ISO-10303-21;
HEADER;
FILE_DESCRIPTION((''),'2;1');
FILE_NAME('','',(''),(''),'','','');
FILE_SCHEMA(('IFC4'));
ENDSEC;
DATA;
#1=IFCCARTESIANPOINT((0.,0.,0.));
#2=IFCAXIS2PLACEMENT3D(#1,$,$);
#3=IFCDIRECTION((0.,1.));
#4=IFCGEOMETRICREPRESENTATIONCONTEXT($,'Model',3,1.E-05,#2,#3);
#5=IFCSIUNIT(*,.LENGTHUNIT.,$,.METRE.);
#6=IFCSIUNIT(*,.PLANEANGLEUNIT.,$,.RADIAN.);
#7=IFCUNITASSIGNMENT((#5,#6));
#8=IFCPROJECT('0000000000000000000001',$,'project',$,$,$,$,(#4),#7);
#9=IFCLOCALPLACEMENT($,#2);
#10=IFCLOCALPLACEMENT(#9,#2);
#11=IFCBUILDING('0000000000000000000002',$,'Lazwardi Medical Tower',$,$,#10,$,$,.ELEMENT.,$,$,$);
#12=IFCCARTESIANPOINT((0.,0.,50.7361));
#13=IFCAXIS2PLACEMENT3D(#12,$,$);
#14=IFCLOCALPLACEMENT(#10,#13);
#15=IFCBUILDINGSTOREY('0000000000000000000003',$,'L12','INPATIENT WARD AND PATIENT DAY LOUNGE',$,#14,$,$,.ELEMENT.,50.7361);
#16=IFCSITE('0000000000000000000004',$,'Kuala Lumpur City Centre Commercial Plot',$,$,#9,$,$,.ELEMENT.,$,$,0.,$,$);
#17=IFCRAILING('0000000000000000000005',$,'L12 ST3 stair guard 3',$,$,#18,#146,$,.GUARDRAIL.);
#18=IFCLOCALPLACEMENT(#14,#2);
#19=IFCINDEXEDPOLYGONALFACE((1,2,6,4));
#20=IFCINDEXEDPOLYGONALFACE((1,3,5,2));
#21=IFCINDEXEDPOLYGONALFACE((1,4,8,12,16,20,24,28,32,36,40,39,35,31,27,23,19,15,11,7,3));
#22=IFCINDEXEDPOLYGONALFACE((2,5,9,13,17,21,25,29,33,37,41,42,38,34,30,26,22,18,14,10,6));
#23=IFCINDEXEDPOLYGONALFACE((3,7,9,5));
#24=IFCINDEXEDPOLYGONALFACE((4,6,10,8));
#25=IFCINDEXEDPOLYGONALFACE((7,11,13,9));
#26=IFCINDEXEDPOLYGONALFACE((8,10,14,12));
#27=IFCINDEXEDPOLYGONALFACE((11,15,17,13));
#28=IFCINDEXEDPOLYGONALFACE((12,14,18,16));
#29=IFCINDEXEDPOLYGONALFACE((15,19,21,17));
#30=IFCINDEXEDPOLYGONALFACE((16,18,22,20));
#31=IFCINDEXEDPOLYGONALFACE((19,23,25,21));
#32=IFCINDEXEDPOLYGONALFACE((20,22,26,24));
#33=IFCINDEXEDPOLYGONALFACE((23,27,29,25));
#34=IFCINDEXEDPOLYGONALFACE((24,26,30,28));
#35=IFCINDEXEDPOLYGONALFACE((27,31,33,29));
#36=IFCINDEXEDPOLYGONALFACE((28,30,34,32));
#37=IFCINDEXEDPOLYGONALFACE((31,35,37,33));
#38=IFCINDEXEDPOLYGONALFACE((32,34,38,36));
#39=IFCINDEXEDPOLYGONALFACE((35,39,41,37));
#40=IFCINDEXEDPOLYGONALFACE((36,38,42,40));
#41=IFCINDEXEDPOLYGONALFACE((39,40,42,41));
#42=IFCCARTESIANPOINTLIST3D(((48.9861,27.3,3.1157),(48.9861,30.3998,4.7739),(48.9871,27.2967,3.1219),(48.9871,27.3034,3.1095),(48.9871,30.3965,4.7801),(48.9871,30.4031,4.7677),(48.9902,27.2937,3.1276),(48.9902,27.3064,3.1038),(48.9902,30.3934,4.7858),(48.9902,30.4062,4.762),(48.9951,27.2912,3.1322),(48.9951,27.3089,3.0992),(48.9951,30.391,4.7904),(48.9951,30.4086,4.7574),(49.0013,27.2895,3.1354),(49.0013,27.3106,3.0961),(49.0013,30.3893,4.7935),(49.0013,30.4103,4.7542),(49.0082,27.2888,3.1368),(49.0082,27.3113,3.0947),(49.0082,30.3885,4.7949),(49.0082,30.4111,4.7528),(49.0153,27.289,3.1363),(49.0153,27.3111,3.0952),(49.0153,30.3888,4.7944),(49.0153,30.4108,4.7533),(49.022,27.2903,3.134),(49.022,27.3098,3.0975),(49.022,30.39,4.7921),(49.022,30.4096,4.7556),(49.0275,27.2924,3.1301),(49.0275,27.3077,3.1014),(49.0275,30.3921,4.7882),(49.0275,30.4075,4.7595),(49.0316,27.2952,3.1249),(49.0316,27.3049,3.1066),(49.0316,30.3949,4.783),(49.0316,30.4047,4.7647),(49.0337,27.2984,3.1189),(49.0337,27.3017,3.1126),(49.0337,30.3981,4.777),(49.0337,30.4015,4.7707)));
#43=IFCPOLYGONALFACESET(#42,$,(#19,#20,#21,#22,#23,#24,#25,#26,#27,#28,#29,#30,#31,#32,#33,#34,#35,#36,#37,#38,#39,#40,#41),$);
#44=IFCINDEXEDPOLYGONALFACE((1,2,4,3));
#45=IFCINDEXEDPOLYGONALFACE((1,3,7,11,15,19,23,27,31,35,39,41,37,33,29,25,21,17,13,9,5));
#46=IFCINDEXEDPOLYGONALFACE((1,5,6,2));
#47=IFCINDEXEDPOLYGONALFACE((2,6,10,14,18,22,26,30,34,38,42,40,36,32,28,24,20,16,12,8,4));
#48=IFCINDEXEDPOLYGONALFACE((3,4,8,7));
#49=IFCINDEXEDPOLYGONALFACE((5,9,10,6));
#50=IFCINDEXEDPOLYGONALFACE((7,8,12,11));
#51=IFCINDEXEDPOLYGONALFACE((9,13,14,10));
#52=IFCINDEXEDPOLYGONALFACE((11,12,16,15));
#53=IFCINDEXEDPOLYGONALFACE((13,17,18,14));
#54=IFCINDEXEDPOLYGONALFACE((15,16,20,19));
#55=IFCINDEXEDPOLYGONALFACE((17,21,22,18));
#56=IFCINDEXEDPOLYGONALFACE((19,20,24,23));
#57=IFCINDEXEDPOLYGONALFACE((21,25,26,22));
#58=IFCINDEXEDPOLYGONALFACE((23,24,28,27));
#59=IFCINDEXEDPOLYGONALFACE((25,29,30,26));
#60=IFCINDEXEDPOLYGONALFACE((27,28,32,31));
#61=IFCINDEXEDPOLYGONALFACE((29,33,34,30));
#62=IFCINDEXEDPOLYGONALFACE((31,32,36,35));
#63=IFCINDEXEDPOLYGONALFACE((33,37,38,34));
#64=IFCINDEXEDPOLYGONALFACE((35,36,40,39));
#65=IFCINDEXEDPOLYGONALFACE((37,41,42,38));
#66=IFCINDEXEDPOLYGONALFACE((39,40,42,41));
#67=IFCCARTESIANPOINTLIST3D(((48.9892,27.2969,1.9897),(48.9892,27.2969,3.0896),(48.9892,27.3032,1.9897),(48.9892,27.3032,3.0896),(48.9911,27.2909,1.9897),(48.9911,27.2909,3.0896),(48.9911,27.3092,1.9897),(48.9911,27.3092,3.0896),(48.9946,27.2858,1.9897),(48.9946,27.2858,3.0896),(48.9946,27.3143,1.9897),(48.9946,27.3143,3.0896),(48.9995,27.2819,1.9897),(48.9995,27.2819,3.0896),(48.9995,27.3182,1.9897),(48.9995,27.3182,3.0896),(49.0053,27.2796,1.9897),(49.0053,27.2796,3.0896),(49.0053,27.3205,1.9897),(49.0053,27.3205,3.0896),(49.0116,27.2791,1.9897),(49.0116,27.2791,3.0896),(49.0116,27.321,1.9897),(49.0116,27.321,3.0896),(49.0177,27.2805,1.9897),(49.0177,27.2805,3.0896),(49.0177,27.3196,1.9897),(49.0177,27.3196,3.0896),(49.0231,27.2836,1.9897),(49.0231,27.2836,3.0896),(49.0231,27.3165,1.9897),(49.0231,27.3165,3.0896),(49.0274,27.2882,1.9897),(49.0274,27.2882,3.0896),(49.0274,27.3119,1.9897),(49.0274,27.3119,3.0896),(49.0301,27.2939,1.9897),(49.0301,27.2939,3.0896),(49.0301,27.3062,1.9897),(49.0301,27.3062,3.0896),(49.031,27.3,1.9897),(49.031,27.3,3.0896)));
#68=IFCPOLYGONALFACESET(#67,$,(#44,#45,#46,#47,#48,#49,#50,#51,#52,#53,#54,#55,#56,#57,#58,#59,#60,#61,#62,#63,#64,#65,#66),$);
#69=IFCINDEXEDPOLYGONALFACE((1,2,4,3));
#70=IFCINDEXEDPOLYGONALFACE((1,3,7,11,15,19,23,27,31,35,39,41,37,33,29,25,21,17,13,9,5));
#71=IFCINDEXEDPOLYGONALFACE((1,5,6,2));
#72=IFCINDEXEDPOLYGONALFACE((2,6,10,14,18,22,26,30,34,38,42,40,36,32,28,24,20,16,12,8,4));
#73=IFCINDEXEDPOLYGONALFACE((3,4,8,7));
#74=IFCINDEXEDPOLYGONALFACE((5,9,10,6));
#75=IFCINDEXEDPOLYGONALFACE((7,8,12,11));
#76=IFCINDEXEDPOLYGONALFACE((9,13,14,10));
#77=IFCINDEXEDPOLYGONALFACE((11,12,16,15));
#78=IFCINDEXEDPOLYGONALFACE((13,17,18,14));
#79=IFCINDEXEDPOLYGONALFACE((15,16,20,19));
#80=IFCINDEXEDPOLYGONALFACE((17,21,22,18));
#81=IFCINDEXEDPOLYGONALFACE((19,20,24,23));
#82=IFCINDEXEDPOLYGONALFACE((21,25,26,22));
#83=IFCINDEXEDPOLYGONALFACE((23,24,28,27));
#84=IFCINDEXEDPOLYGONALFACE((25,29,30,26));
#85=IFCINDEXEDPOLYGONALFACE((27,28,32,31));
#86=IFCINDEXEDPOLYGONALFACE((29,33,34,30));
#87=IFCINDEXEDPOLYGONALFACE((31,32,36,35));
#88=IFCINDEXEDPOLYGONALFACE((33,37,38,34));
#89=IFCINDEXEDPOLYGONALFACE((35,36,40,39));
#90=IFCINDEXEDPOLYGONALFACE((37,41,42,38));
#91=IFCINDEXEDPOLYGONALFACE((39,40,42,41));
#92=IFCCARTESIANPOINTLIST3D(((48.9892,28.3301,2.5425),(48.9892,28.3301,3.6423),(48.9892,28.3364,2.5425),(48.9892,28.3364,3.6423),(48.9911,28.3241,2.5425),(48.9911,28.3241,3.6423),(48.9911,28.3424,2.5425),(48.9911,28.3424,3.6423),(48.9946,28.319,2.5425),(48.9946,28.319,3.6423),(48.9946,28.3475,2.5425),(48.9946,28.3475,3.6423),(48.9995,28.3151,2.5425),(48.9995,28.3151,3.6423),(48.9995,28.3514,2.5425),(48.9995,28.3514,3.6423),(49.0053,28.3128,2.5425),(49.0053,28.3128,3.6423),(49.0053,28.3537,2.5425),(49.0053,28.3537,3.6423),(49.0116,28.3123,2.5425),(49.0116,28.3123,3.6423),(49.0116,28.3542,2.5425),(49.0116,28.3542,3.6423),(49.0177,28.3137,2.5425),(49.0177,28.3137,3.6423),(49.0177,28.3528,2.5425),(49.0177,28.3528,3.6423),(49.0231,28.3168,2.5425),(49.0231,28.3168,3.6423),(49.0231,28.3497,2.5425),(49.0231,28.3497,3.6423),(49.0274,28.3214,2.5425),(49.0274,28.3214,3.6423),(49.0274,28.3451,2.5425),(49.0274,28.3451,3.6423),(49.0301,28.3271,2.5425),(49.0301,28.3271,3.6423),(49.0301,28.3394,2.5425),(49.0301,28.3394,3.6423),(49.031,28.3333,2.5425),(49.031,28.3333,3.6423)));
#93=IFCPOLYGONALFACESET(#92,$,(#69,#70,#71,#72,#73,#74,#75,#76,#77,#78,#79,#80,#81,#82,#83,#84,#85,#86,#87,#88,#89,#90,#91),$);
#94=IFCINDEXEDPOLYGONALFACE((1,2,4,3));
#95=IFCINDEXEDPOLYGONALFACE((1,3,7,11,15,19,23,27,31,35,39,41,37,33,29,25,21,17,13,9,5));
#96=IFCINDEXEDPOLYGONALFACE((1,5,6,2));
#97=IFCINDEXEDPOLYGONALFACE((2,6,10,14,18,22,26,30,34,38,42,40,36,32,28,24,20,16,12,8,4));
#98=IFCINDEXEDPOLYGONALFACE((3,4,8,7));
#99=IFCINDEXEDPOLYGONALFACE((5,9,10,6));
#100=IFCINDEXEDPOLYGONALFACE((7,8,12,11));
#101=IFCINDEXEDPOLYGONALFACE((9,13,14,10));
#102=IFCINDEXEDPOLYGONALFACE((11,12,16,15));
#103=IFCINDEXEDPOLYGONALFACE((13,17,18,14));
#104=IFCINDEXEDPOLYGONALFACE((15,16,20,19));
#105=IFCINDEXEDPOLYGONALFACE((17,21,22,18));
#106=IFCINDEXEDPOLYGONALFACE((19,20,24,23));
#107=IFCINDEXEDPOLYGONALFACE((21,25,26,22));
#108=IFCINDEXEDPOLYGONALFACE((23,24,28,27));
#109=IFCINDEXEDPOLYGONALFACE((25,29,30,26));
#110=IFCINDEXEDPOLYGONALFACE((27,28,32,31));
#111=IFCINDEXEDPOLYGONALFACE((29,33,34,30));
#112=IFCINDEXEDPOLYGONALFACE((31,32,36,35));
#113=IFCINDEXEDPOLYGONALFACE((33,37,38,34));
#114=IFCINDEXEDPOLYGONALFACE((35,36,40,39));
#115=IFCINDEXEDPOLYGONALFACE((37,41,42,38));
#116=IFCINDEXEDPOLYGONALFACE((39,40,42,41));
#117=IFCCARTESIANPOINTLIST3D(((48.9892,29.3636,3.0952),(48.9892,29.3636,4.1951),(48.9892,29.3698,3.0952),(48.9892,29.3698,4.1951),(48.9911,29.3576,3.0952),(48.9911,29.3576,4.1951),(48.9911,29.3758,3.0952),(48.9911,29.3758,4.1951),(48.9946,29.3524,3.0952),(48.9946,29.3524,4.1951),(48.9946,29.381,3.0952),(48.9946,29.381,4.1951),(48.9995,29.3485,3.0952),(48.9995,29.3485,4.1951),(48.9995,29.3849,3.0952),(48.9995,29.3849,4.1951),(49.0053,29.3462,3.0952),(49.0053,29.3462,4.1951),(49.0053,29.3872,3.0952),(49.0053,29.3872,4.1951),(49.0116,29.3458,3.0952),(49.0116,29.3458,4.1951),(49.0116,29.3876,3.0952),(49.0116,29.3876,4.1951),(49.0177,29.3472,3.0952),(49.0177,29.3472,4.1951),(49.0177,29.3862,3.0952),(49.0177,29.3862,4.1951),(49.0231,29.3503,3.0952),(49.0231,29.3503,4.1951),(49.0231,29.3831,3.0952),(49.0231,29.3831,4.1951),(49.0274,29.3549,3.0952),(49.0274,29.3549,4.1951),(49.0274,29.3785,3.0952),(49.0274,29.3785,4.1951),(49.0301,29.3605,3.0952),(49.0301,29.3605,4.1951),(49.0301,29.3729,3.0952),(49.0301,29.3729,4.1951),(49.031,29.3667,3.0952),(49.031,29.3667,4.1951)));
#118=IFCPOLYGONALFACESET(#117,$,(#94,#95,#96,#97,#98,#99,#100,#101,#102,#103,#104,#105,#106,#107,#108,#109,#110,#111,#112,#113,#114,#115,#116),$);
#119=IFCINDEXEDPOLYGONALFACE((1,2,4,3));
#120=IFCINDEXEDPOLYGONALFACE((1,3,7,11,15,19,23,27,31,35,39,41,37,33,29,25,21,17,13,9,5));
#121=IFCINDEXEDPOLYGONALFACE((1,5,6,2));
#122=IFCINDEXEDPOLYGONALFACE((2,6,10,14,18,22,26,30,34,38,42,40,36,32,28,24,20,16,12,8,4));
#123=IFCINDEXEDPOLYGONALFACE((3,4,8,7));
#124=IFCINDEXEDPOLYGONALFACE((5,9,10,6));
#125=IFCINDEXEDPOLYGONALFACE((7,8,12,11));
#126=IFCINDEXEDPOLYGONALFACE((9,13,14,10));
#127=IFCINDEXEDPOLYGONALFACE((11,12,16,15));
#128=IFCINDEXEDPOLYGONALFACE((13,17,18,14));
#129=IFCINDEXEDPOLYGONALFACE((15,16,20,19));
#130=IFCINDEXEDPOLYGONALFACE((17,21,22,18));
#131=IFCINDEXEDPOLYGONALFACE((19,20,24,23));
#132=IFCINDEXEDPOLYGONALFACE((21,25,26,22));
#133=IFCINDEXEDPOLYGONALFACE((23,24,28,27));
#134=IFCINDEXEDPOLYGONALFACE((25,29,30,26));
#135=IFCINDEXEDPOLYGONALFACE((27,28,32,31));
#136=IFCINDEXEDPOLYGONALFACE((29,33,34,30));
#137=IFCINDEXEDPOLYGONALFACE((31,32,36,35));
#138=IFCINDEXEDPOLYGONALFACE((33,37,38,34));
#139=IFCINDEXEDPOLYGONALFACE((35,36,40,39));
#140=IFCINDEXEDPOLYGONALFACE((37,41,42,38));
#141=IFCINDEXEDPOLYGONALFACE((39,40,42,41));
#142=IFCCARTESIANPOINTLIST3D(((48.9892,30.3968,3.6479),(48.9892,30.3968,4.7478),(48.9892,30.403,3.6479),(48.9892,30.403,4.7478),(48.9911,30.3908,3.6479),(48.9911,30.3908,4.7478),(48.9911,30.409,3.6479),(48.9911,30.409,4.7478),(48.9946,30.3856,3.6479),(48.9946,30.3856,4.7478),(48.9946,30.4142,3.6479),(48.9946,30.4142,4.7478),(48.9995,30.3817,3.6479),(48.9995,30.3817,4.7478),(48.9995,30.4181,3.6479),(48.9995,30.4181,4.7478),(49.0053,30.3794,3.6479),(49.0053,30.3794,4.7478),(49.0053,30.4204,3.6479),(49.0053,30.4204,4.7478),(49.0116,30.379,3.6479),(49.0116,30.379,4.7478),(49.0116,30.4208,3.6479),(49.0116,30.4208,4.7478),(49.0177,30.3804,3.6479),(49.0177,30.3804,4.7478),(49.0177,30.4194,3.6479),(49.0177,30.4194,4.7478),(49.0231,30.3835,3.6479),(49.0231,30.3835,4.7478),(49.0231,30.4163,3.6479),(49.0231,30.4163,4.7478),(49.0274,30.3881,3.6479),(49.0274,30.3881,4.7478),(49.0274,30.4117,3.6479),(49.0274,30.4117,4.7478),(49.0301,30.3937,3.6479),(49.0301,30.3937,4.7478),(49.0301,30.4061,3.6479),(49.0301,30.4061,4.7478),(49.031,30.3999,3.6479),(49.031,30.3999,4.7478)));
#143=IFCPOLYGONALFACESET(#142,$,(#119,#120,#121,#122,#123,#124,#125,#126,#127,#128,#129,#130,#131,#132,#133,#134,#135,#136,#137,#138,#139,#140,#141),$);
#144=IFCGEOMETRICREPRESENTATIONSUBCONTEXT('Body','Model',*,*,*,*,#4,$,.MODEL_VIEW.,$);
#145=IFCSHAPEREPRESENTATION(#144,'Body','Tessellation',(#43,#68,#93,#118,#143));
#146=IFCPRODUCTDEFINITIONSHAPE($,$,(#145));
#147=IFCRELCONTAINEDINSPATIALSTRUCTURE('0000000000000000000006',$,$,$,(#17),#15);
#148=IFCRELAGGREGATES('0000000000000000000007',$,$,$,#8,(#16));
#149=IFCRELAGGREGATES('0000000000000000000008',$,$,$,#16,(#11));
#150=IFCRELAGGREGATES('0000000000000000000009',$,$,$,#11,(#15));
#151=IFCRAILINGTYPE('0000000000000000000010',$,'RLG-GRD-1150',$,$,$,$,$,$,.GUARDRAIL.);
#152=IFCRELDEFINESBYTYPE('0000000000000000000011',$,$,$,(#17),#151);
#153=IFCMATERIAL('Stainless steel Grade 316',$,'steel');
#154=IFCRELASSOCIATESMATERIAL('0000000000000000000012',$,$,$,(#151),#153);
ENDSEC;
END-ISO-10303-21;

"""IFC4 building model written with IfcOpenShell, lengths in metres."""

from ifc_helpers import new_model, si_unit, direction, frame, origin, origin_2d, place, context, subcontext, project, spatial, circle, extrude, material, type_object, element, save


model = new_model("IFC4")

# Units and contexts
model_context = context("Model", 3, precision=1e-05, world=origin(), true_north=direction((0.0, 1.0)))
body_context = subcontext(model_context, "Body", "Model", "MODEL_VIEW")
ifc_project = project(units=[si_unit("LENGTHUNIT", "METRE"), si_unit("PLANEANGLEUNIT", "RADIAN")], contexts=[model_context])

# Site, building, storey
site_placement = place(None, origin())
site = spatial("IfcSite", under=ifc_project, at=site_placement, Name="Kuala Lumpur City Centre Commercial Plot", CompositionType="ELEMENT", RefElevation=0.0)
building_placement = place(site_placement, origin())
building = spatial("IfcBuilding", under=site, at=building_placement, Name="Lazwardi Medical Tower", CompositionType="ELEMENT")
storey_placement = place(building_placement, frame((0.0, 0.0, 50.7361)))
storey = spatial("IfcBuildingStorey", under=building, at=storey_placement, Name="L12", Description="INPATIENT WARD AND PATIENT DAY LOUNGE", CompositionType="ELEMENT", Elevation=50.7361)

# Railing
ifc_material_1 = material(Name="Stainless steel Grade 316", Category="steel")
railing_type_1 = type_object("IfcRailingType", Name="RLG-GRD-1150", PredefinedType="GUARDRAIL", material=ifc_material_1)
railing_1_placement = place(storey_placement, frame((49.01, 27.3, 1.9897)))
element("IfcRailing", 1, at=railing_1_placement, inside=storey, type_object=railing_type_1, Name="L12 ST3 stair guard 3", PredefinedType="GUARDRAIL", context=body_context, shape_type="SweptSolid", body=[
    extrude(circle(Radius=0.0239, at=origin_2d()), frame((0.0, 0.0, 1.126), z_axis=(0.0, 0.881768, 0.471684), x_axis=(-1.0, 0.0, 0.0)), (0.0, 0.0, 1.0), 3.5154),
    extrude(circle(Radius=0.021, at=origin_2d()), origin(), (0.0, 0.0, 1.0), 1.0999),
    extrude(circle(Radius=0.021, at=origin_2d()), frame((0.0, 1.0332, 0.5527)), (0.0, 0.0, 1.0), 1.0999),
    extrude(circle(Radius=0.021, at=origin_2d()), frame((0.0, 2.0667, 1.1055)), (0.0, 0.0, 1.0), 1.0999),
    extrude(circle(Radius=0.021, at=origin_2d()), frame((0.0, 3.0999, 1.6582)), (0.0, 0.0, 1.0), 1.0999),
])

save(model, "model.ifc")
